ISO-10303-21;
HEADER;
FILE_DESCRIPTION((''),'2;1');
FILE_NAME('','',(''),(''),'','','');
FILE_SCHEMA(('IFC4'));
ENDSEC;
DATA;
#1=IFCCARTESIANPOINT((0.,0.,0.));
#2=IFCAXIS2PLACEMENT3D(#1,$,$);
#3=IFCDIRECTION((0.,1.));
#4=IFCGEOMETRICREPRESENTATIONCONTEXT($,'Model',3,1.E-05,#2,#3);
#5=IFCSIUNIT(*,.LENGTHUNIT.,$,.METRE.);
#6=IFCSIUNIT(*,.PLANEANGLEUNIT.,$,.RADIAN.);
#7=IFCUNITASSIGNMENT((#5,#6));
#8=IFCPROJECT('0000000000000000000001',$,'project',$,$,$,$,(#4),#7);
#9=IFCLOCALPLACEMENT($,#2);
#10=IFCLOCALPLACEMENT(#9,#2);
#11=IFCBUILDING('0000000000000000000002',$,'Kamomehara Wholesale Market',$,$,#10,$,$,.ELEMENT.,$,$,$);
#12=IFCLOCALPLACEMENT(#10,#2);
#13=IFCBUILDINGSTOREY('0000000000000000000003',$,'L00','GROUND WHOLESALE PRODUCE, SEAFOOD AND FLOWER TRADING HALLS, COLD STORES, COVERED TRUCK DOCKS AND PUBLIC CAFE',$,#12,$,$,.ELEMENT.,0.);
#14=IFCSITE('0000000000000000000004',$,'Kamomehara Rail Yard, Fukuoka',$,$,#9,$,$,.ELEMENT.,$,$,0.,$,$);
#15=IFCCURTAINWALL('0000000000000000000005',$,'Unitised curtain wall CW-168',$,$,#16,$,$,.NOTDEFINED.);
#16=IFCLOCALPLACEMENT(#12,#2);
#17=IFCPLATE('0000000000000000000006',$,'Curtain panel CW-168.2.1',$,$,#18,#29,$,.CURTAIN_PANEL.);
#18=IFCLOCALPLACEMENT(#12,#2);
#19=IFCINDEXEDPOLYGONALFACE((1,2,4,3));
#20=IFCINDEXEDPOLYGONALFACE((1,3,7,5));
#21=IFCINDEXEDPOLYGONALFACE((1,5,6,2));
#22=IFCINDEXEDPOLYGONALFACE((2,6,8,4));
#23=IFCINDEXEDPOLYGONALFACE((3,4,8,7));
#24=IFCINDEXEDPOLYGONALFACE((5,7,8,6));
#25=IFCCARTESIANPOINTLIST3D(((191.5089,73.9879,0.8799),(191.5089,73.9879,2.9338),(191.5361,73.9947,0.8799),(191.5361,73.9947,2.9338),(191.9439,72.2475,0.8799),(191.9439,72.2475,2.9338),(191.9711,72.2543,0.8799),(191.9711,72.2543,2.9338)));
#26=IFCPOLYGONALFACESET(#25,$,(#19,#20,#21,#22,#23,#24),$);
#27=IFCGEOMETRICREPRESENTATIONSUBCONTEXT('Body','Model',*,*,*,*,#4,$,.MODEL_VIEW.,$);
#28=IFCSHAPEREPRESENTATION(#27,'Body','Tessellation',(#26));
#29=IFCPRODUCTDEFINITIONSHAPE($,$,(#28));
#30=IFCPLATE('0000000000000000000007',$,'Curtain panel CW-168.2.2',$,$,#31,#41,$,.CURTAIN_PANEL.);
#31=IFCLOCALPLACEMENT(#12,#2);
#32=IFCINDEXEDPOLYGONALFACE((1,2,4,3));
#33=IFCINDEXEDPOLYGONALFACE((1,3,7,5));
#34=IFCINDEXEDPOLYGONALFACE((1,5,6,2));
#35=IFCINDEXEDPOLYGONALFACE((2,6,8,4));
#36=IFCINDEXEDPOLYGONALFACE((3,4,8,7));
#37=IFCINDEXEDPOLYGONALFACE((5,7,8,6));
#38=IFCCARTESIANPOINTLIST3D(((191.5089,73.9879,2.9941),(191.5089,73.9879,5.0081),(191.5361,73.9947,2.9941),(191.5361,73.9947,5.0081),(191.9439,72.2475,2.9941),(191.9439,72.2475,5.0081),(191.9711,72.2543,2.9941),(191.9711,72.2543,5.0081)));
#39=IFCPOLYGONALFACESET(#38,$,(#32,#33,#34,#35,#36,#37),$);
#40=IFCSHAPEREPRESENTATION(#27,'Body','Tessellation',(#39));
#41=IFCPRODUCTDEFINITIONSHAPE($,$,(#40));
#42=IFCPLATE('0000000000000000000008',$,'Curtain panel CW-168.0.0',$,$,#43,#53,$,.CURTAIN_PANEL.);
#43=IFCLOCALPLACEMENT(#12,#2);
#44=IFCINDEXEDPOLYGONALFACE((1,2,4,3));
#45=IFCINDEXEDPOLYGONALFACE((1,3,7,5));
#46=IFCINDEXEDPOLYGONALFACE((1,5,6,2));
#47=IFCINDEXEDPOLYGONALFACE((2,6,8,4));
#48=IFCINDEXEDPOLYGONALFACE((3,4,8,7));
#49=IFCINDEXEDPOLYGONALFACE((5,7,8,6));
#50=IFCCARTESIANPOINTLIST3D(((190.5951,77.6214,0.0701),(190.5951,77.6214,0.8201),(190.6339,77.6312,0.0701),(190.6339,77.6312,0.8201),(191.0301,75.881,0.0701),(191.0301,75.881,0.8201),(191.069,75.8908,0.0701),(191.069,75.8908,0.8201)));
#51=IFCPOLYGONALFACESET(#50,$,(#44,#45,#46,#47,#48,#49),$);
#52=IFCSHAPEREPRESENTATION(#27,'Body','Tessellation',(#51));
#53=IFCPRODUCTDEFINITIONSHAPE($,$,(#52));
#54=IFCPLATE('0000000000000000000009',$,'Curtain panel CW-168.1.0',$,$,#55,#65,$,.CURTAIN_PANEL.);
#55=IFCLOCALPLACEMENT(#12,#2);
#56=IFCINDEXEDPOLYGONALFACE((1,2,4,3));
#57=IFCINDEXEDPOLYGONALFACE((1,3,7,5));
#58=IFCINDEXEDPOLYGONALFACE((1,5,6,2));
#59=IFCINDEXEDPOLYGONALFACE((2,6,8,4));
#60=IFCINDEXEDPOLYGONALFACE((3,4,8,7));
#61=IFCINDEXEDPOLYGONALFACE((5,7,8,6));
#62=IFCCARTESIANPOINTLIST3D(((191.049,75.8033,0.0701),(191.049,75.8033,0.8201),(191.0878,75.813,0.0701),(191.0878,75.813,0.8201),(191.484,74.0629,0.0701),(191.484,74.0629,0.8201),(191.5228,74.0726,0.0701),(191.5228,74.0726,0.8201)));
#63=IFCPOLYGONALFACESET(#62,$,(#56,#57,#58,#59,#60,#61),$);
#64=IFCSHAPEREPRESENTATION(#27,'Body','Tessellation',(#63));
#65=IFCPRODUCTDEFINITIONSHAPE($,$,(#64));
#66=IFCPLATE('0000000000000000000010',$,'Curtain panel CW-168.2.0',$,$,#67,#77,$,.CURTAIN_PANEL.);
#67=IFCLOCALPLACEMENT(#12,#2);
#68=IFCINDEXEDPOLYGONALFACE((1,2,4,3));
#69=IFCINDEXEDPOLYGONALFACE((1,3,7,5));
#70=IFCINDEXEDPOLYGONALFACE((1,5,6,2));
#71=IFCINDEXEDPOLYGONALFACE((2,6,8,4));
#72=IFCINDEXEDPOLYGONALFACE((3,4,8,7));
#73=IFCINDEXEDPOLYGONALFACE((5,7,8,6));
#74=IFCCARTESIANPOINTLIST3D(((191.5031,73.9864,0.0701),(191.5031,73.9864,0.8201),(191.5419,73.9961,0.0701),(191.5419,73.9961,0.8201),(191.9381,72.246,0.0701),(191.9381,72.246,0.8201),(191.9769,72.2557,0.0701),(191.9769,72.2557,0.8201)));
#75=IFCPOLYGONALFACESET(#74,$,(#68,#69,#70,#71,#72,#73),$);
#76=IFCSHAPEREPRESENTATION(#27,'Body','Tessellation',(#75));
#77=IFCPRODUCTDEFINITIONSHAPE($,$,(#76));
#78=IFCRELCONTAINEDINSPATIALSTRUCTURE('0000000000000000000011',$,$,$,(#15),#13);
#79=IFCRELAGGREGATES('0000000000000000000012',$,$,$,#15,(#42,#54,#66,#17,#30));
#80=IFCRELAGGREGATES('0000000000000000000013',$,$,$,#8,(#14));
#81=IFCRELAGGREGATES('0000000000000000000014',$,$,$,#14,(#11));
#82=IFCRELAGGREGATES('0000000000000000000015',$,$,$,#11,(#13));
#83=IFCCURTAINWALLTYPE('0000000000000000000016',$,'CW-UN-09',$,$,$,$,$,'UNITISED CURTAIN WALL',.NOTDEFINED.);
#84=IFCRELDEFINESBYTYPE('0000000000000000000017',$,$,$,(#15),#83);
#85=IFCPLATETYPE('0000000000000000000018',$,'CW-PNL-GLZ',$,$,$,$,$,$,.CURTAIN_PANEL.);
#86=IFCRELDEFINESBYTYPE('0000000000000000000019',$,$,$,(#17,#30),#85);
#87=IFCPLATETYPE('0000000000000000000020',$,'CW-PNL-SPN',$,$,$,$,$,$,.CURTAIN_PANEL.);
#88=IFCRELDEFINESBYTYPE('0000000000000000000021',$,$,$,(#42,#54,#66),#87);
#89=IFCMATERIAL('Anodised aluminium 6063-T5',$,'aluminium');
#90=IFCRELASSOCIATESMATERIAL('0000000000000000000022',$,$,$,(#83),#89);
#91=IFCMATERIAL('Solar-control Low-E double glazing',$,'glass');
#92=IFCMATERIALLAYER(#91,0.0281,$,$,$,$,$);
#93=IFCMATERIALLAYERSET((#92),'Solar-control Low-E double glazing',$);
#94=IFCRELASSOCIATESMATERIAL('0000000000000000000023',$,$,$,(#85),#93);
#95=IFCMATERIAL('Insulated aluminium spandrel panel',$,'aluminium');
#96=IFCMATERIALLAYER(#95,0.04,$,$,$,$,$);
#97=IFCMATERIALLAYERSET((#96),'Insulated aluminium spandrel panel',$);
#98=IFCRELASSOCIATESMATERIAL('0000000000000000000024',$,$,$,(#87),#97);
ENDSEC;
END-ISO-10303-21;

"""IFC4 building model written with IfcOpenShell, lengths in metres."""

from ifc_helpers import new_model, si_unit, direction, frame, origin, origin_2d, place, context, subcontext, project, spatial, rectangle, extrude, material, layer, layer_set, type_object, element, aggregate, save


model = new_model("IFC4")

# Units and contexts
model_context = context("Model", 3, precision=1e-05, world=origin(), true_north=direction((0.0, 1.0)))
body_context = subcontext(model_context, "Body", "Model", "MODEL_VIEW")
ifc_project = project(units=[si_unit("LENGTHUNIT", "METRE"), si_unit("PLANEANGLEUNIT", "RADIAN")], contexts=[model_context])

# Site, building, storey
site_placement = place(None, origin())
site = spatial("IfcSite", under=ifc_project, at=site_placement, Name="Kamomehara Rail Yard, Fukuoka", CompositionType="ELEMENT", RefElevation=0.0)
building_placement = place(site_placement, origin())
building = spatial("IfcBuilding", under=site, at=building_placement, Name="Kamomehara Wholesale Market", CompositionType="ELEMENT")
storey_placement = place(building_placement, origin())
storey = spatial("IfcBuildingStorey", under=building, at=storey_placement, Name="L00", Description="GROUND WHOLESALE PRODUCE, SEAFOOD AND FLOWER TRADING HALLS, COLD STORES, COVERED TRUCK DOCKS AND PUBLIC CAFE", CompositionType="ELEMENT", Elevation=0.0)

# Curtain wall
ifc_material_1 = material(Name="Anodised aluminium 6063-T5", Category="aluminium")
curtain_wall_type = type_object("IfcCurtainWallType", Name="CW-UN-09", ElementType="UNITISED CURTAIN WALL", PredefinedType="NOTDEFINED", material=ifc_material_1)
curtain_wall_1_placement = place(storey_placement, origin())
curtain_wall_1 = element("IfcCurtainWall", 1, at=curtain_wall_1_placement, inside=storey, type_object=curtain_wall_type, Name="Unitised curtain wall CW-168", PredefinedType="NOTDEFINED")

# Plates
ifc_material_2 = material(Name="Solar-control Low-E double glazing", Category="glass")
ifc_layer_1 = layer(ifc_material_2, 0.0281)
ifc_layer_set_1 = layer_set([ifc_layer_1], Name="Solar-control Low-E double glazing")
plate_type_1 = type_object("IfcPlateType", Name="CW-PNL-GLZ", PredefinedType="CURTAIN_PANEL", material=ifc_layer_set_1)
plate_1_placement = place(storey_placement, frame((191.74, 73.1211, 0.8799), z_axis=(0.0, 0.0, 1.0), x_axis=(0.242498, -0.970152, 0.0)))
plate_1 = element("IfcPlate", 2, at=plate_1_placement, type_object=plate_type_1, Name="Curtain panel CW-168.2.1", PredefinedType="CURTAIN_PANEL", context=body_context, shape_type="SweptSolid", body=[
    extrude(rectangle(XDim=1.7939, YDim=0.0281, at=origin_2d()), origin(), (0.0, 0.0, 1.0), 2.054),
])
plate_2_placement = place(storey_placement, frame((191.74, 73.1211, 2.9941), z_axis=(0.0, 0.0, 1.0), x_axis=(0.242498, -0.970152, 0.0)))
plate_2 = element("IfcPlate", 3, at=plate_2_placement, type_object=plate_type_1, Name="Curtain panel CW-168.2.2", PredefinedType="CURTAIN_PANEL", context=body_context, shape_type="SweptSolid", body=[
    extrude(rectangle(XDim=1.7939, YDim=0.0281, at=origin_2d()), origin(), (0.0, 0.0, 1.0), 2.0139),
])
ifc_material_3 = material(Name="Insulated aluminium spandrel panel", Category="aluminium")
ifc_layer_2 = layer(ifc_material_3, 0.04)
ifc_layer_set_2 = layer_set([ifc_layer_2], Name="Insulated aluminium spandrel panel")
plate_type_2 = type_object("IfcPlateType", Name="CW-PNL-SPN", PredefinedType="CURTAIN_PANEL", material=ifc_layer_set_2)
plate_3_placement = place(storey_placement, frame((190.832, 76.7561, 0.0701), z_axis=(0.0, 0.0, 1.0), x_axis=(0.242498, -0.970152, 0.0)))
plate_3 = element("IfcPlate", 4, at=plate_3_placement, type_object=plate_type_2, Name="Curtain panel CW-168.0.0", PredefinedType="CURTAIN_PANEL", context=body_context, shape_type="SweptSolid", body=[
    extrude(rectangle(XDim=1.7939, YDim=0.04, at=origin_2d()), origin(), (0.0, 0.0, 1.0), 0.75),
])
plate_4_placement = place(storey_placement, frame((191.2859, 74.938, 0.0701), z_axis=(0.0, 0.0, 1.0), x_axis=(0.242498, -0.970152, 0.0)))
plate_4 = element("IfcPlate", 5, at=plate_4_placement, type_object=plate_type_2, Name="Curtain panel CW-168.1.0", PredefinedType="CURTAIN_PANEL", context=body_context, shape_type="SweptSolid", body=[
    extrude(rectangle(XDim=1.7939, YDim=0.04, at=origin_2d()), origin(), (0.0, 0.0, 1.0), 0.75),
])
plate_5_placement = place(storey_placement, frame((191.74, 73.1211, 0.0701), z_axis=(0.0, 0.0, 1.0), x_axis=(0.242498, -0.970152, 0.0)))
plate_5 = element("IfcPlate", 6, at=plate_5_placement, type_object=plate_type_2, Name="Curtain panel CW-168.2.0", PredefinedType="CURTAIN_PANEL", context=body_context, shape_type="SweptSolid", body=[
    extrude(rectangle(XDim=1.7939, YDim=0.04, at=origin_2d()), origin(), (0.0, 0.0, 1.0), 0.75),
])
aggregate(curtain_wall_1, [plate_3, plate_4, plate_5, plate_1, plate_2])

save(model, "model.ifc")
